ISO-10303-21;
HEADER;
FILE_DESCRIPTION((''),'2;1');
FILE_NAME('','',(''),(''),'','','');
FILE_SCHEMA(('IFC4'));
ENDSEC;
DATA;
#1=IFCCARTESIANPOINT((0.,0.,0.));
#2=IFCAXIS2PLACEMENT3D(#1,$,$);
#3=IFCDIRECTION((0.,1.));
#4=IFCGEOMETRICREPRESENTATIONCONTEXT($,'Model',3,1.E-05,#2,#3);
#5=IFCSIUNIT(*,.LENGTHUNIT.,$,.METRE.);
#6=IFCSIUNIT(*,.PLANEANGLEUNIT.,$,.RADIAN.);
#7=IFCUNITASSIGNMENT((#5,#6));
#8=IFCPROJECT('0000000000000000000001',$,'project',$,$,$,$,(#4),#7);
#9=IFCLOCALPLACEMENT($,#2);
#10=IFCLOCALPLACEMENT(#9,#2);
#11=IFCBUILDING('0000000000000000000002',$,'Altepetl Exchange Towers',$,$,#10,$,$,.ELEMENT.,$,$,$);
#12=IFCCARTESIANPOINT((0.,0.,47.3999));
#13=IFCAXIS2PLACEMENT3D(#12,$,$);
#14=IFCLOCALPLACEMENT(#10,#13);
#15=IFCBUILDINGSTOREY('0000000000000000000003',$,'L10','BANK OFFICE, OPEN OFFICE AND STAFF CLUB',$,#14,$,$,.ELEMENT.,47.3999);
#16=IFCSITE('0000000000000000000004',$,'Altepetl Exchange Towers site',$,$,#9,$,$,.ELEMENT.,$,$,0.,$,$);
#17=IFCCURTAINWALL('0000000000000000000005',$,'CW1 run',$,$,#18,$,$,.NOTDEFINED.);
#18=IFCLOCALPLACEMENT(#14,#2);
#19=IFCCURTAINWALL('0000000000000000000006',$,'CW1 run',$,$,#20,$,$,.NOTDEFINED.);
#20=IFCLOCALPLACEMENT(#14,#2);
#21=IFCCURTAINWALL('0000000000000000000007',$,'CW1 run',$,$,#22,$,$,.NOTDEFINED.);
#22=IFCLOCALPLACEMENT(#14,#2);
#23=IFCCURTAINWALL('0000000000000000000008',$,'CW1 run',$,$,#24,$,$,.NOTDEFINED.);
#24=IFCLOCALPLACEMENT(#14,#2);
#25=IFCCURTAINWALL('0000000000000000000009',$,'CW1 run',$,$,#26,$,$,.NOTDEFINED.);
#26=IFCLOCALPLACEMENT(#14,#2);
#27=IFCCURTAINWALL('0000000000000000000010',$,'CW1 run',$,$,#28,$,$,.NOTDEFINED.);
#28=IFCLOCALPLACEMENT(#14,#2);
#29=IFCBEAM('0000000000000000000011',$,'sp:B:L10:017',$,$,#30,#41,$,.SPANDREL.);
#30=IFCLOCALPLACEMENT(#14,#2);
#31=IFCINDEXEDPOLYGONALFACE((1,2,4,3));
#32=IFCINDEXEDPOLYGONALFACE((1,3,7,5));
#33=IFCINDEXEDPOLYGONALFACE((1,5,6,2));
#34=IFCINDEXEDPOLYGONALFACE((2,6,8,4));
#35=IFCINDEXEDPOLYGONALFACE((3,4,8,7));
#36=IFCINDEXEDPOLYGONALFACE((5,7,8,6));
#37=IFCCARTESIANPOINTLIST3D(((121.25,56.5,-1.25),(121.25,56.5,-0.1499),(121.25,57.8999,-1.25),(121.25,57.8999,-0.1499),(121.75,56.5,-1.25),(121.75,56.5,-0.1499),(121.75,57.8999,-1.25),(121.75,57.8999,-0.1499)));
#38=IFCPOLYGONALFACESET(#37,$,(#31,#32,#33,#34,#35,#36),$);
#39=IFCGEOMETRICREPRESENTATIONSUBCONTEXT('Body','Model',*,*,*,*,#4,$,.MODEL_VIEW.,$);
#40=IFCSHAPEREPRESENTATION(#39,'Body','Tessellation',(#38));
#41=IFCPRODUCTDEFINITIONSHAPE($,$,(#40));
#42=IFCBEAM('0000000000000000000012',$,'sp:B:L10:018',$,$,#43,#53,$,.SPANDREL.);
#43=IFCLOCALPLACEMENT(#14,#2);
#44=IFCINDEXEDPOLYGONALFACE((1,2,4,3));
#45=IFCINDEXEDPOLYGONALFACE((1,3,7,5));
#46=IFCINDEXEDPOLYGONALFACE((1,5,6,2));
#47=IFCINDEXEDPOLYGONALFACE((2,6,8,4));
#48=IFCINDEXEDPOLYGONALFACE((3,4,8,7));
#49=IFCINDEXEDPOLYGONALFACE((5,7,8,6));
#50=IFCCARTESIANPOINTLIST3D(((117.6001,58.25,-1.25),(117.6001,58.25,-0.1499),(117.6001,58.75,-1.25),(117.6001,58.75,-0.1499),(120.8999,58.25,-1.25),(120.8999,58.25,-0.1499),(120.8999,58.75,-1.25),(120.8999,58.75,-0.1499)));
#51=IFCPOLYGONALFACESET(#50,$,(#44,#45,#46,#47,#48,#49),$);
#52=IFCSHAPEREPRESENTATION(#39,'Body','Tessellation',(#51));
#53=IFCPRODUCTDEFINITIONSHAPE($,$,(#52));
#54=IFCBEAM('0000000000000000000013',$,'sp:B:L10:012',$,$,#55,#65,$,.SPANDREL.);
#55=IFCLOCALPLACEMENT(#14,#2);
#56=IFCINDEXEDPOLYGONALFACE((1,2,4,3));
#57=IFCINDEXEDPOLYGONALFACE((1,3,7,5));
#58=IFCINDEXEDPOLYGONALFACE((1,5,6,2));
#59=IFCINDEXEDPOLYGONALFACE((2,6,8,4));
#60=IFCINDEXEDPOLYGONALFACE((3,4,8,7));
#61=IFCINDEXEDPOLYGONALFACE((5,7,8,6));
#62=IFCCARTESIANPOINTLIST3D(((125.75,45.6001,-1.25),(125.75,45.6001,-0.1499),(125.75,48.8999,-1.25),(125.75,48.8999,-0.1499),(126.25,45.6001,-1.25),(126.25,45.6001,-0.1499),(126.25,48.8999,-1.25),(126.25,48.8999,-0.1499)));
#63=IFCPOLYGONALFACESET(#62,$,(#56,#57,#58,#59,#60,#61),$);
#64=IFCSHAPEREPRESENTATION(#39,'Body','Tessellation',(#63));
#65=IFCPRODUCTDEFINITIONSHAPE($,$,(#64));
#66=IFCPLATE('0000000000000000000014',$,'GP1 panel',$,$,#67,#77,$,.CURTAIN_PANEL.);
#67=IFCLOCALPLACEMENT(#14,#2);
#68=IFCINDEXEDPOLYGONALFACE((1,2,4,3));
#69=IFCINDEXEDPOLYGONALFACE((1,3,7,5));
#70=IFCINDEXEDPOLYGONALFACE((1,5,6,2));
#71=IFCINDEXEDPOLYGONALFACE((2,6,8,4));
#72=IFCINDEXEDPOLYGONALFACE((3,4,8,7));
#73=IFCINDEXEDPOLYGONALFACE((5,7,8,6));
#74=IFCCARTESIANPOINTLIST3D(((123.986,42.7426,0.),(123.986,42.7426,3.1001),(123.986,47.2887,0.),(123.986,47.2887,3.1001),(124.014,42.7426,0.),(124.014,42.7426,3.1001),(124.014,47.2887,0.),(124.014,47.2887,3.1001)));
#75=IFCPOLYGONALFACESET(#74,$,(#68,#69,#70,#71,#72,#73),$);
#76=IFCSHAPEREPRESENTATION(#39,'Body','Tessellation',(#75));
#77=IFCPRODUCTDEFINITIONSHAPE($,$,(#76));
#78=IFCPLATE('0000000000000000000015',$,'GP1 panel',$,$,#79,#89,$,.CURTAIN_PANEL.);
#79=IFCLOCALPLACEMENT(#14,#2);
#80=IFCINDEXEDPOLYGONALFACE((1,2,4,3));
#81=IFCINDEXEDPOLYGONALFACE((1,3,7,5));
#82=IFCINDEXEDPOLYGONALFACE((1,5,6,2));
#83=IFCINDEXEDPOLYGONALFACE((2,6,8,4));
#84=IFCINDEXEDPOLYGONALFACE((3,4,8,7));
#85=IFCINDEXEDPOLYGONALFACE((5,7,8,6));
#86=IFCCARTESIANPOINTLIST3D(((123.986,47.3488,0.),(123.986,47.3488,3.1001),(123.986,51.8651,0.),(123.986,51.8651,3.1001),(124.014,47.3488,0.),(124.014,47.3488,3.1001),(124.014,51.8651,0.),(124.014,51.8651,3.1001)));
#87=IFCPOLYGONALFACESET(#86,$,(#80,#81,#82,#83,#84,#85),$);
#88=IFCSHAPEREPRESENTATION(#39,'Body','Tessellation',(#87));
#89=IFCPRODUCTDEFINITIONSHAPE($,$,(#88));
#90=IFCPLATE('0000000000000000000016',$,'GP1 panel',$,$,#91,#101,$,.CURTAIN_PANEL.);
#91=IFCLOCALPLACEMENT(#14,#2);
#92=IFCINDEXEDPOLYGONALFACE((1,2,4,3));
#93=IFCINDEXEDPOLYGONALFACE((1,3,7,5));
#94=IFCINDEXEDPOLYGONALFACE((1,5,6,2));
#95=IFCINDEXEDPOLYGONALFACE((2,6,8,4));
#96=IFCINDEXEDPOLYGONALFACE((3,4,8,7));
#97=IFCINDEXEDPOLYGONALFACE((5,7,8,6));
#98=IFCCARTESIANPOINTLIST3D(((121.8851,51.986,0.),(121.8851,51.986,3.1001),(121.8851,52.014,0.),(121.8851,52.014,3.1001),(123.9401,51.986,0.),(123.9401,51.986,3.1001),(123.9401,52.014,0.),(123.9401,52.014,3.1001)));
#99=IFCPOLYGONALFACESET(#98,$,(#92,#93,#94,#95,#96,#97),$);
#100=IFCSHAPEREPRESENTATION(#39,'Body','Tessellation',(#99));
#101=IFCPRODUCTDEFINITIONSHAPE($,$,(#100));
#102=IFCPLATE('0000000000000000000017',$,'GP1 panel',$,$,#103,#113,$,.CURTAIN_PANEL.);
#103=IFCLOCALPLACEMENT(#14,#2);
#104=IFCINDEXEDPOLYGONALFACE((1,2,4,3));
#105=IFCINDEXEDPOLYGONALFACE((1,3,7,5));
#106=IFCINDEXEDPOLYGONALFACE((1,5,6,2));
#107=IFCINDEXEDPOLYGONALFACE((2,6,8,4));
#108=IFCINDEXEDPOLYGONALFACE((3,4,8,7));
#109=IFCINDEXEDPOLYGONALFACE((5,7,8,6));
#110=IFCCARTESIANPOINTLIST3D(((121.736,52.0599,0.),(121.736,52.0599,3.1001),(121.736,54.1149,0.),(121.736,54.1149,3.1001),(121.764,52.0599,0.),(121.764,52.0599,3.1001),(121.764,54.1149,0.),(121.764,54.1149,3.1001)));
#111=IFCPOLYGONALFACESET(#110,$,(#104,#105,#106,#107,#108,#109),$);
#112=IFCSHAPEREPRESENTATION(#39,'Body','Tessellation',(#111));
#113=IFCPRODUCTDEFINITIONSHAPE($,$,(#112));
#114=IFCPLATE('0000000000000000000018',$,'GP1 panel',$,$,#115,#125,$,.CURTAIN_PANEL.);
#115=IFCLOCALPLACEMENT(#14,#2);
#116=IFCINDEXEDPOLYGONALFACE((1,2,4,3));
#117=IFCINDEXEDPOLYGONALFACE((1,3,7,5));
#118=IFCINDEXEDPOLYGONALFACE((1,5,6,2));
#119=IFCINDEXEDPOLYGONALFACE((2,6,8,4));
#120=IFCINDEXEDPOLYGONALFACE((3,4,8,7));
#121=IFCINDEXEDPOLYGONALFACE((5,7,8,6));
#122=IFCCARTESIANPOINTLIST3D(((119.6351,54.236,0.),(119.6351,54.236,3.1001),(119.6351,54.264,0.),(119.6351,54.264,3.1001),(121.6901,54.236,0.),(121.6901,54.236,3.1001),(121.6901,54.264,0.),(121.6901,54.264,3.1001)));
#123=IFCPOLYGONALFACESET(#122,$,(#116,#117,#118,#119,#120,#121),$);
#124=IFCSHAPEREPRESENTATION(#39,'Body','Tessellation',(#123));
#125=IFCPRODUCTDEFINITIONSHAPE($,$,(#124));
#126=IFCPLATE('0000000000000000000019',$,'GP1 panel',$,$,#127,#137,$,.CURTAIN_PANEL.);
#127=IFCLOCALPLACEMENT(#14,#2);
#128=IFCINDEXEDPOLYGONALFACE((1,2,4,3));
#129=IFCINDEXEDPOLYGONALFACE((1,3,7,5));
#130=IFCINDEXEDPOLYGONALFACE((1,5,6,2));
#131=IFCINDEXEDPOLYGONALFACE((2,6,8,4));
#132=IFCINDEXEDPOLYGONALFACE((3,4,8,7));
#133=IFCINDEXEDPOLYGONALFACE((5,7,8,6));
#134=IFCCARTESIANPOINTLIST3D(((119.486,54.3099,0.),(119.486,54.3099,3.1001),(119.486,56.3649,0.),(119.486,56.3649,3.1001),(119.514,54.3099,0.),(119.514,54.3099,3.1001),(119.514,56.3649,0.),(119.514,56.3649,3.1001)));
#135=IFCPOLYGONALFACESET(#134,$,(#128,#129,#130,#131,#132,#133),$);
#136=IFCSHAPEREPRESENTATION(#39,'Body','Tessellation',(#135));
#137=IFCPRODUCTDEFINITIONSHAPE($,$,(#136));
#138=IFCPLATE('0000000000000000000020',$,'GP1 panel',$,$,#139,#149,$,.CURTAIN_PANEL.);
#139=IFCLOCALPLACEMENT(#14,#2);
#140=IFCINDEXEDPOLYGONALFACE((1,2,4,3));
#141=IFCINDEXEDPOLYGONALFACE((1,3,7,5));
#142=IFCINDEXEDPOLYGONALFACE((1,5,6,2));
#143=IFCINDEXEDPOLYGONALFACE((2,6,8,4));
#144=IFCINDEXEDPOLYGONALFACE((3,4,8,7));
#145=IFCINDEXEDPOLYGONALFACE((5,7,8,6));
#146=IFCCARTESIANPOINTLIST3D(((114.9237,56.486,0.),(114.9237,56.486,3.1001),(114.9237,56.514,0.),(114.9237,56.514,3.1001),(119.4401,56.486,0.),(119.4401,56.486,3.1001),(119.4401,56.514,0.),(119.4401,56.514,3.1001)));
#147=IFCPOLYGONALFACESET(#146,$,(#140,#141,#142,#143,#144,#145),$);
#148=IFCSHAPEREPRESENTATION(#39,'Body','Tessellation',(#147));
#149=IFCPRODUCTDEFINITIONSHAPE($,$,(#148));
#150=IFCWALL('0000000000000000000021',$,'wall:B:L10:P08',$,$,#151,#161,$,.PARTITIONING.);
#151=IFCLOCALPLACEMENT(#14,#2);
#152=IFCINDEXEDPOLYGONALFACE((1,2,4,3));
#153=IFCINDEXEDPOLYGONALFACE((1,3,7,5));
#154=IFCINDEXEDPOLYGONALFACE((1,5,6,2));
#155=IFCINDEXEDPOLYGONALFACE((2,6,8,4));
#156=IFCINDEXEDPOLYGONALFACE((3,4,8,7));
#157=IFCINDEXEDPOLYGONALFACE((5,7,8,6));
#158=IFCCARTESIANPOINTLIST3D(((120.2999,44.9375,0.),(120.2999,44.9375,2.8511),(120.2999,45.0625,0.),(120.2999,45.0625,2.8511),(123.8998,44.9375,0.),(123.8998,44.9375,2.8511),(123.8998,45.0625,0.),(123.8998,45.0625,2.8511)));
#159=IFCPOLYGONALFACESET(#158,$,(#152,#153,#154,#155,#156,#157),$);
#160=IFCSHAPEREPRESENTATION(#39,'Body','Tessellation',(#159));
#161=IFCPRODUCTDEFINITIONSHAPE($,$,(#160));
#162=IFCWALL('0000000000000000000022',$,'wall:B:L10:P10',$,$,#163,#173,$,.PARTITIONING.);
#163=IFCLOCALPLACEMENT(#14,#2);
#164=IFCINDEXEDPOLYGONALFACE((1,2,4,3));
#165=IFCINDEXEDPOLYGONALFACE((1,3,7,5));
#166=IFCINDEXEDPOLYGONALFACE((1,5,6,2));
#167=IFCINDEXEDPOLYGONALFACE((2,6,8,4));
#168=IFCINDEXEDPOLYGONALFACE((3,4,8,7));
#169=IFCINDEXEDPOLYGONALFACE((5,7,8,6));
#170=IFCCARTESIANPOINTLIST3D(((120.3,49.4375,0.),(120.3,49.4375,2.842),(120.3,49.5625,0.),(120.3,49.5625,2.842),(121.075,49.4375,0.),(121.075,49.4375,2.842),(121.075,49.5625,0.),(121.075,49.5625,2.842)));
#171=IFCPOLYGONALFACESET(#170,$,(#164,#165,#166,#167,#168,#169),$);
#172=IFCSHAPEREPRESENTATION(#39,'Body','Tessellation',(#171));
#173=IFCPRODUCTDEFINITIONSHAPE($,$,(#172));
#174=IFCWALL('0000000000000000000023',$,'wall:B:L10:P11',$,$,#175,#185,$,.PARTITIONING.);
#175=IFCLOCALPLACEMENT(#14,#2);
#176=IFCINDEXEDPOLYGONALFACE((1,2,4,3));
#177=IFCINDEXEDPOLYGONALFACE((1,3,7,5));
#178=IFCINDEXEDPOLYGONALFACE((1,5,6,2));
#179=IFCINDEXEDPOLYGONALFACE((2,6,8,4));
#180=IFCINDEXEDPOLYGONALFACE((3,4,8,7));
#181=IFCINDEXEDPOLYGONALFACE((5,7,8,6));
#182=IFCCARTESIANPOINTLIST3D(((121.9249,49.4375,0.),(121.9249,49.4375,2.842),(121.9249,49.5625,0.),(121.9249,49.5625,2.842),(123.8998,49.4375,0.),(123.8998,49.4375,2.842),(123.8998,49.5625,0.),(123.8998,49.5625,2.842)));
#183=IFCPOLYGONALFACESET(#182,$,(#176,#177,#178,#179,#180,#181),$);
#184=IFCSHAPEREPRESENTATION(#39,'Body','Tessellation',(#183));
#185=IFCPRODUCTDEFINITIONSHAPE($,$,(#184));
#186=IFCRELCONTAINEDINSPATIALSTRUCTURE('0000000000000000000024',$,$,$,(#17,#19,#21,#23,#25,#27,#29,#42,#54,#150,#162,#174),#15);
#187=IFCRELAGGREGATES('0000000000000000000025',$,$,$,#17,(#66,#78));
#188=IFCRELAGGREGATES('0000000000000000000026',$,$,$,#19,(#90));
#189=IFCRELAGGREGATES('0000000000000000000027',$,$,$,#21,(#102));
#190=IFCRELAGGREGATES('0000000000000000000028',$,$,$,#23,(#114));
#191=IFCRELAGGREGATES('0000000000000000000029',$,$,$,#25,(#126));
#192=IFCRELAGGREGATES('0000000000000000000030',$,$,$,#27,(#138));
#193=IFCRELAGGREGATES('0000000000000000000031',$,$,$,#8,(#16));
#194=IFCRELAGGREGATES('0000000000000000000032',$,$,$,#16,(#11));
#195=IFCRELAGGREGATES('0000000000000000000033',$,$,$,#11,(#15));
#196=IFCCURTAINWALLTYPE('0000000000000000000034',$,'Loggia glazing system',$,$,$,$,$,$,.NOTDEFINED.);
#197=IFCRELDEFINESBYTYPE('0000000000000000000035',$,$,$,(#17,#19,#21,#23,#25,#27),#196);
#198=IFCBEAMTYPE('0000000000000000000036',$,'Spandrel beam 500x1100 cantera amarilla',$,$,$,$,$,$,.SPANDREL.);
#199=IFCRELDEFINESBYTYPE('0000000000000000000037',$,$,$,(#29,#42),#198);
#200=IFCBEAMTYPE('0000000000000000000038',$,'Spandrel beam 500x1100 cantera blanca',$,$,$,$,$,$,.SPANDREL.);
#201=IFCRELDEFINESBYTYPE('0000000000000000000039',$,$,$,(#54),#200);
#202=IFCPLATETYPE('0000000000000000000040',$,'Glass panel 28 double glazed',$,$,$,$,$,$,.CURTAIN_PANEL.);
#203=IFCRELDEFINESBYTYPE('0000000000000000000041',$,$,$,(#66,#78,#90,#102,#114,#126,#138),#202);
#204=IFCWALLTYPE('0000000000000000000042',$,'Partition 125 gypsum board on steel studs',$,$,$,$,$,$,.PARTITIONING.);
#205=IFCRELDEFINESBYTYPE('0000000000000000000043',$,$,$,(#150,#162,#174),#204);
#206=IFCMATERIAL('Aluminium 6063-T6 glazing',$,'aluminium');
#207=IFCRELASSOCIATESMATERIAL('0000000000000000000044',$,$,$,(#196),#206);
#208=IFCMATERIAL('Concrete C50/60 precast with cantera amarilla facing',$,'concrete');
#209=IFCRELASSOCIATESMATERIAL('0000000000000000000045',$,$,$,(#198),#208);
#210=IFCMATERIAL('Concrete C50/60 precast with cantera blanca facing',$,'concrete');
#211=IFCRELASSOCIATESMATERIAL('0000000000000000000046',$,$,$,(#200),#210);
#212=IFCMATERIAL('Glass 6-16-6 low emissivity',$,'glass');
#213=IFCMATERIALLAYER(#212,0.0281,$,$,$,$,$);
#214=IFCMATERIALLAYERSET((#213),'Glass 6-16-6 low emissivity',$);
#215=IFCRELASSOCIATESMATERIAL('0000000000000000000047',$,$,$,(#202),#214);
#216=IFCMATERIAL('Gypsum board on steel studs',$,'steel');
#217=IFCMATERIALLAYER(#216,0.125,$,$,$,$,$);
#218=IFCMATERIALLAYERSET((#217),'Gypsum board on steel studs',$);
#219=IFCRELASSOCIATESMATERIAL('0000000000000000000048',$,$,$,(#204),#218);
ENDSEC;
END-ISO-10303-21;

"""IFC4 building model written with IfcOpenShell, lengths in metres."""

from ifc_helpers import new_model, si_unit, direction, frame, frame_2d, origin, origin_2d, place, context, subcontext, project, spatial, rectangle, extrude, material, layer, layer_set, material_profile, profile_set, type_object, element, aggregate, save


model = new_model("IFC4")

# Units and contexts
model_context = context("Model", 3, precision=1e-05, world=origin(), true_north=direction((0.0, 1.0)))
body_context = subcontext(model_context, "Body", "Model", "MODEL_VIEW")
ifc_project = project(units=[si_unit("LENGTHUNIT", "METRE"), si_unit("PLANEANGLEUNIT", "RADIAN")], contexts=[model_context])

# Site, building, storey
site_placement = place(None, origin())
site = spatial("IfcSite", under=ifc_project, at=site_placement, Name="Altepetl Exchange Towers site", CompositionType="ELEMENT", RefElevation=0.0)
building_placement = place(site_placement, origin())
building = spatial("IfcBuilding", under=site, at=building_placement, Name="Altepetl Exchange Towers", CompositionType="ELEMENT")
storey_placement = place(building_placement, frame((0.0, 0.0, 47.3999)))
storey = spatial("IfcBuildingStorey", under=building, at=storey_placement, Name="L10", Description="BANK OFFICE, OPEN OFFICE AND STAFF CLUB", CompositionType="ELEMENT", Elevation=47.3999)

# Curtain walls
ifc_material_1 = material(Name="Aluminium 6063-T6 glazing", Category="aluminium")
curtain_wall_type = type_object("IfcCurtainWallType", Name="Loggia glazing system", PredefinedType="NOTDEFINED", material=ifc_material_1)
curtain_wall_1_placement = place(storey_placement, origin())
curtain_wall_1 = element("IfcCurtainWall", 1, at=curtain_wall_1_placement, inside=storey, type_object=curtain_wall_type, Name="CW1 run", PredefinedType="NOTDEFINED")
curtain_wall_2_placement = place(storey_placement, origin())
curtain_wall_2 = element("IfcCurtainWall", 2, at=curtain_wall_2_placement, inside=storey, type_object=curtain_wall_type, Name="CW1 run", PredefinedType="NOTDEFINED")
curtain_wall_3_placement = place(storey_placement, origin())
curtain_wall_3 = element("IfcCurtainWall", 3, at=curtain_wall_3_placement, inside=storey, type_object=curtain_wall_type, Name="CW1 run", PredefinedType="NOTDEFINED")
curtain_wall_4_placement = place(storey_placement, origin())
curtain_wall_4 = element("IfcCurtainWall", 4, at=curtain_wall_4_placement, inside=storey, type_object=curtain_wall_type, Name="CW1 run", PredefinedType="NOTDEFINED")
curtain_wall_5_placement = place(storey_placement, origin())
curtain_wall_5 = element("IfcCurtainWall", 5, at=curtain_wall_5_placement, inside=storey, type_object=curtain_wall_type, Name="CW1 run", PredefinedType="NOTDEFINED")

# Curtain wall
curtain_wall_6_placement = place(storey_placement, origin())
curtain_wall_6 = element("IfcCurtainWall", 6, at=curtain_wall_6_placement, inside=storey, type_object=curtain_wall_type, Name="CW1 run", PredefinedType="NOTDEFINED")

# Beams
ifc_material_2 = material(Name="Concrete C50/60 precast with cantera amarilla facing", Category="concrete")
ifc_material_profile_1 = material_profile(ifc_material_2, rectangle(XDim=0.5, YDim=1.1001, at=origin_2d()), Name="500 x 1100")
ifc_profile_set_1 = profile_set([ifc_material_profile_1], Name="Concrete C50/60 precast with cantera amarilla facing")
beam_type_1 = type_object("IfcBeamType", Name="Spandrel beam 500x1100 cantera amarilla", PredefinedType="SPANDREL", material=ifc_profile_set_1)
beam_1_placement = place(storey_placement, frame((121.5, 56.5, -0.7), z_axis=(0.0, 1.0, 0.0), x_axis=(-1.0, 0.0, 0.0)))
element("IfcBeam", 7, at=beam_1_placement, inside=storey, type_object=beam_type_1, Name="sp:B:L10:017", PredefinedType="SPANDREL", context=body_context, shape_type="SweptSolid", body=[
    extrude(rectangle(XDim=0.5, YDim=1.1001, at=origin_2d()), origin(), (0.0, 0.0, 1.0), 1.3999),
])
beam_2_placement = place(storey_placement, frame((120.8999, 58.5, -0.7), z_axis=(-1.0, 0.0, 0.0), x_axis=(0.0, -1.0, 0.0)))
element("IfcBeam", 8, at=beam_2_placement, inside=storey, type_object=beam_type_1, Name="sp:B:L10:018", PredefinedType="SPANDREL", context=body_context, shape_type="SweptSolid", body=[
    extrude(rectangle(XDim=0.5, YDim=1.1001, at=origin_2d()), origin(), (0.0, 0.0, 1.0), 3.2998),
])
ifc_material_3 = material(Name="Concrete C50/60 precast with cantera blanca facing", Category="concrete")
ifc_material_profile_2 = material_profile(ifc_material_3, rectangle(XDim=0.5, YDim=1.1001, at=origin_2d()), Name="500 x 1100")
ifc_profile_set_2 = profile_set([ifc_material_profile_2], Name="Concrete C50/60 precast with cantera blanca facing")
beam_type_2 = type_object("IfcBeamType", Name="Spandrel beam 500x1100 cantera blanca", PredefinedType="SPANDREL", material=ifc_profile_set_2)
beam_3_placement = place(storey_placement, frame((126.0, 45.6001, -0.7), z_axis=(0.0, 1.0, 0.0), x_axis=(-1.0, 0.0, 0.0)))
element("IfcBeam", 9, at=beam_3_placement, inside=storey, type_object=beam_type_2, Name="sp:B:L10:012", PredefinedType="SPANDREL", context=body_context, shape_type="SweptSolid", body=[
    extrude(rectangle(XDim=0.5, YDim=1.1001, at=origin_2d()), origin(), (0.0, 0.0, 1.0), 3.2998),
])

# Plates
ifc_material_4 = material(Name="Glass 6-16-6 low emissivity", Category="glass")
ifc_layer_1 = layer(ifc_material_4, 0.0281)
ifc_layer_set_1 = layer_set([ifc_layer_1], Name="Glass 6-16-6 low emissivity")
plate_type = type_object("IfcPlateType", Name="Glass panel 28 double glazed", PredefinedType="CURTAIN_PANEL", material=ifc_layer_set_1)
plate_1_placement = place(storey_placement, frame((124.0, 45.0156, 0.0), z_axis=(0.0, 0.0, 1.0), x_axis=(0.0, 1.0, 0.0)))
plate_1 = element("IfcPlate", 10, at=plate_1_placement, type_object=plate_type, Name="GP1 panel", PredefinedType="CURTAIN_PANEL", context=body_context, shape_type="SweptSolid", body=[
    extrude(rectangle(XDim=4.5461, YDim=0.0281, at=origin_2d()), origin(), (0.0, 0.0, 1.0), 3.1001),
])
plate_2_placement = place(storey_placement, frame((124.0, 49.6069, 0.0), z_axis=(0.0, 0.0, 1.0), x_axis=(0.0, 1.0, 0.0)))
plate_2 = element("IfcPlate", 11, at=plate_2_placement, type_object=plate_type, Name="GP1 panel", PredefinedType="CURTAIN_PANEL", context=body_context, shape_type="SweptSolid", body=[
    extrude(rectangle(XDim=4.5164, YDim=0.0281, at=origin_2d()), origin(), (0.0, 0.0, 1.0), 3.1001),
])
aggregate(curtain_wall_1, [plate_1, plate_2])
plate_3_placement = place(storey_placement, frame((122.9126, 52.0, 0.0), z_axis=(0.0, 0.0, 1.0), x_axis=(-1.0, 0.0, 0.0)))
plate_3 = element("IfcPlate", 12, at=plate_3_placement, type_object=plate_type, Name="GP1 panel", PredefinedType="CURTAIN_PANEL", context=body_context, shape_type="SweptSolid", body=[
    extrude(rectangle(XDim=2.0549, YDim=0.0281, at=origin_2d()), origin(), (0.0, 0.0, 1.0), 3.1001),
])
aggregate(curtain_wall_2, [plate_3])
plate_4_placement = place(storey_placement, frame((121.75, 53.0874, 0.0), z_axis=(0.0, 0.0, 1.0), x_axis=(0.0, 1.0, 0.0)))
plate_4 = element("IfcPlate", 13, at=plate_4_placement, type_object=plate_type, Name="GP1 panel", PredefinedType="CURTAIN_PANEL", context=body_context, shape_type="SweptSolid", body=[
    extrude(rectangle(XDim=2.0549, YDim=0.0281, at=origin_2d()), origin(), (0.0, 0.0, 1.0), 3.1001),
])
aggregate(curtain_wall_3, [plate_4])
plate_5_placement = place(storey_placement, frame((120.6626, 54.25, 0.0), z_axis=(0.0, 0.0, 1.0), x_axis=(-1.0, 0.0, 0.0)))
plate_5 = element("IfcPlate", 14, at=plate_5_placement, type_object=plate_type, Name="GP1 panel", PredefinedType="CURTAIN_PANEL", context=body_context, shape_type="SweptSolid", body=[
    extrude(rectangle(XDim=2.0549, YDim=0.0281, at=origin_2d()), origin(), (0.0, 0.0, 1.0), 3.1001),
])
aggregate(curtain_wall_4, [plate_5])
plate_6_placement = place(storey_placement, frame((119.5, 55.3374, 0.0), z_axis=(0.0, 0.0, 1.0), x_axis=(0.0, 1.0, 0.0)))
plate_6 = element("IfcPlate", 15, at=plate_6_placement, type_object=plate_type, Name="GP1 panel", PredefinedType="CURTAIN_PANEL", context=body_context, shape_type="SweptSolid", body=[
    extrude(rectangle(XDim=2.0549, YDim=0.0281, at=origin_2d()), origin(), (0.0, 0.0, 1.0), 3.1001),
])
aggregate(curtain_wall_5, [plate_6])
plate_7_placement = place(storey_placement, frame((117.1819, 56.5, 0.0), z_axis=(0.0, 0.0, 1.0), x_axis=(-1.0, 0.0, 0.0)))
plate_7 = element("IfcPlate", 16, at=plate_7_placement, type_object=plate_type, Name="GP1 panel", PredefinedType="CURTAIN_PANEL", context=body_context, shape_type="SweptSolid", body=[
    extrude(rectangle(XDim=4.5164, YDim=0.0281, at=origin_2d()), origin(), (0.0, 0.0, 1.0), 3.1001),
])
aggregate(curtain_wall_6, [plate_7])

# Walls
ifc_material_5 = material(Name="Gypsum board on steel studs", Category="steel")
ifc_layer_2 = layer(ifc_material_5, 0.125)
ifc_layer_set_2 = layer_set([ifc_layer_2], Name="Gypsum board on steel studs")
wall_type = type_object("IfcWallType", Name="Partition 125 gypsum board on steel studs", PredefinedType="PARTITIONING", material=ifc_layer_set_2)
wall_1_placement = place(storey_placement, frame((120.3, 45.0, 0.0)))
element("IfcWall", 17, at=wall_1_placement, inside=storey, type_object=wall_type, Name="wall:B:L10:P08", PredefinedType="PARTITIONING", context=body_context, shape_type="SweptSolid", body=[
    extrude(rectangle(XDim=3.5999, YDim=0.125, at=frame_2d((1.7998, 0.0))), origin(), (0.0, 0.0, 1.0), 2.8511),
])
wall_2_placement = place(storey_placement, frame((120.3, 49.5, 0.0)))
element("IfcWall", 18, at=wall_2_placement, inside=storey, type_object=wall_type, Name="wall:B:L10:P10", PredefinedType="PARTITIONING", context=body_context, shape_type="SweptSolid", body=[
    extrude(rectangle(XDim=0.7749, YDim=0.125, at=frame_2d((0.3875, 0.0))), origin(), (0.0, 0.0, 1.0), 2.842),
])
wall_3_placement = place(storey_placement, frame((121.925, 49.5, 0.0)))
element("IfcWall", 19, at=wall_3_placement, inside=storey, type_object=wall_type, Name="wall:B:L10:P11", PredefinedType="PARTITIONING", context=body_context, shape_type="SweptSolid", body=[
    extrude(rectangle(XDim=1.9749, YDim=0.125, at=frame_2d((0.9873, 0.0))), origin(), (0.0, 0.0, 1.0), 2.842),
])

save(model, "model.ifc")
